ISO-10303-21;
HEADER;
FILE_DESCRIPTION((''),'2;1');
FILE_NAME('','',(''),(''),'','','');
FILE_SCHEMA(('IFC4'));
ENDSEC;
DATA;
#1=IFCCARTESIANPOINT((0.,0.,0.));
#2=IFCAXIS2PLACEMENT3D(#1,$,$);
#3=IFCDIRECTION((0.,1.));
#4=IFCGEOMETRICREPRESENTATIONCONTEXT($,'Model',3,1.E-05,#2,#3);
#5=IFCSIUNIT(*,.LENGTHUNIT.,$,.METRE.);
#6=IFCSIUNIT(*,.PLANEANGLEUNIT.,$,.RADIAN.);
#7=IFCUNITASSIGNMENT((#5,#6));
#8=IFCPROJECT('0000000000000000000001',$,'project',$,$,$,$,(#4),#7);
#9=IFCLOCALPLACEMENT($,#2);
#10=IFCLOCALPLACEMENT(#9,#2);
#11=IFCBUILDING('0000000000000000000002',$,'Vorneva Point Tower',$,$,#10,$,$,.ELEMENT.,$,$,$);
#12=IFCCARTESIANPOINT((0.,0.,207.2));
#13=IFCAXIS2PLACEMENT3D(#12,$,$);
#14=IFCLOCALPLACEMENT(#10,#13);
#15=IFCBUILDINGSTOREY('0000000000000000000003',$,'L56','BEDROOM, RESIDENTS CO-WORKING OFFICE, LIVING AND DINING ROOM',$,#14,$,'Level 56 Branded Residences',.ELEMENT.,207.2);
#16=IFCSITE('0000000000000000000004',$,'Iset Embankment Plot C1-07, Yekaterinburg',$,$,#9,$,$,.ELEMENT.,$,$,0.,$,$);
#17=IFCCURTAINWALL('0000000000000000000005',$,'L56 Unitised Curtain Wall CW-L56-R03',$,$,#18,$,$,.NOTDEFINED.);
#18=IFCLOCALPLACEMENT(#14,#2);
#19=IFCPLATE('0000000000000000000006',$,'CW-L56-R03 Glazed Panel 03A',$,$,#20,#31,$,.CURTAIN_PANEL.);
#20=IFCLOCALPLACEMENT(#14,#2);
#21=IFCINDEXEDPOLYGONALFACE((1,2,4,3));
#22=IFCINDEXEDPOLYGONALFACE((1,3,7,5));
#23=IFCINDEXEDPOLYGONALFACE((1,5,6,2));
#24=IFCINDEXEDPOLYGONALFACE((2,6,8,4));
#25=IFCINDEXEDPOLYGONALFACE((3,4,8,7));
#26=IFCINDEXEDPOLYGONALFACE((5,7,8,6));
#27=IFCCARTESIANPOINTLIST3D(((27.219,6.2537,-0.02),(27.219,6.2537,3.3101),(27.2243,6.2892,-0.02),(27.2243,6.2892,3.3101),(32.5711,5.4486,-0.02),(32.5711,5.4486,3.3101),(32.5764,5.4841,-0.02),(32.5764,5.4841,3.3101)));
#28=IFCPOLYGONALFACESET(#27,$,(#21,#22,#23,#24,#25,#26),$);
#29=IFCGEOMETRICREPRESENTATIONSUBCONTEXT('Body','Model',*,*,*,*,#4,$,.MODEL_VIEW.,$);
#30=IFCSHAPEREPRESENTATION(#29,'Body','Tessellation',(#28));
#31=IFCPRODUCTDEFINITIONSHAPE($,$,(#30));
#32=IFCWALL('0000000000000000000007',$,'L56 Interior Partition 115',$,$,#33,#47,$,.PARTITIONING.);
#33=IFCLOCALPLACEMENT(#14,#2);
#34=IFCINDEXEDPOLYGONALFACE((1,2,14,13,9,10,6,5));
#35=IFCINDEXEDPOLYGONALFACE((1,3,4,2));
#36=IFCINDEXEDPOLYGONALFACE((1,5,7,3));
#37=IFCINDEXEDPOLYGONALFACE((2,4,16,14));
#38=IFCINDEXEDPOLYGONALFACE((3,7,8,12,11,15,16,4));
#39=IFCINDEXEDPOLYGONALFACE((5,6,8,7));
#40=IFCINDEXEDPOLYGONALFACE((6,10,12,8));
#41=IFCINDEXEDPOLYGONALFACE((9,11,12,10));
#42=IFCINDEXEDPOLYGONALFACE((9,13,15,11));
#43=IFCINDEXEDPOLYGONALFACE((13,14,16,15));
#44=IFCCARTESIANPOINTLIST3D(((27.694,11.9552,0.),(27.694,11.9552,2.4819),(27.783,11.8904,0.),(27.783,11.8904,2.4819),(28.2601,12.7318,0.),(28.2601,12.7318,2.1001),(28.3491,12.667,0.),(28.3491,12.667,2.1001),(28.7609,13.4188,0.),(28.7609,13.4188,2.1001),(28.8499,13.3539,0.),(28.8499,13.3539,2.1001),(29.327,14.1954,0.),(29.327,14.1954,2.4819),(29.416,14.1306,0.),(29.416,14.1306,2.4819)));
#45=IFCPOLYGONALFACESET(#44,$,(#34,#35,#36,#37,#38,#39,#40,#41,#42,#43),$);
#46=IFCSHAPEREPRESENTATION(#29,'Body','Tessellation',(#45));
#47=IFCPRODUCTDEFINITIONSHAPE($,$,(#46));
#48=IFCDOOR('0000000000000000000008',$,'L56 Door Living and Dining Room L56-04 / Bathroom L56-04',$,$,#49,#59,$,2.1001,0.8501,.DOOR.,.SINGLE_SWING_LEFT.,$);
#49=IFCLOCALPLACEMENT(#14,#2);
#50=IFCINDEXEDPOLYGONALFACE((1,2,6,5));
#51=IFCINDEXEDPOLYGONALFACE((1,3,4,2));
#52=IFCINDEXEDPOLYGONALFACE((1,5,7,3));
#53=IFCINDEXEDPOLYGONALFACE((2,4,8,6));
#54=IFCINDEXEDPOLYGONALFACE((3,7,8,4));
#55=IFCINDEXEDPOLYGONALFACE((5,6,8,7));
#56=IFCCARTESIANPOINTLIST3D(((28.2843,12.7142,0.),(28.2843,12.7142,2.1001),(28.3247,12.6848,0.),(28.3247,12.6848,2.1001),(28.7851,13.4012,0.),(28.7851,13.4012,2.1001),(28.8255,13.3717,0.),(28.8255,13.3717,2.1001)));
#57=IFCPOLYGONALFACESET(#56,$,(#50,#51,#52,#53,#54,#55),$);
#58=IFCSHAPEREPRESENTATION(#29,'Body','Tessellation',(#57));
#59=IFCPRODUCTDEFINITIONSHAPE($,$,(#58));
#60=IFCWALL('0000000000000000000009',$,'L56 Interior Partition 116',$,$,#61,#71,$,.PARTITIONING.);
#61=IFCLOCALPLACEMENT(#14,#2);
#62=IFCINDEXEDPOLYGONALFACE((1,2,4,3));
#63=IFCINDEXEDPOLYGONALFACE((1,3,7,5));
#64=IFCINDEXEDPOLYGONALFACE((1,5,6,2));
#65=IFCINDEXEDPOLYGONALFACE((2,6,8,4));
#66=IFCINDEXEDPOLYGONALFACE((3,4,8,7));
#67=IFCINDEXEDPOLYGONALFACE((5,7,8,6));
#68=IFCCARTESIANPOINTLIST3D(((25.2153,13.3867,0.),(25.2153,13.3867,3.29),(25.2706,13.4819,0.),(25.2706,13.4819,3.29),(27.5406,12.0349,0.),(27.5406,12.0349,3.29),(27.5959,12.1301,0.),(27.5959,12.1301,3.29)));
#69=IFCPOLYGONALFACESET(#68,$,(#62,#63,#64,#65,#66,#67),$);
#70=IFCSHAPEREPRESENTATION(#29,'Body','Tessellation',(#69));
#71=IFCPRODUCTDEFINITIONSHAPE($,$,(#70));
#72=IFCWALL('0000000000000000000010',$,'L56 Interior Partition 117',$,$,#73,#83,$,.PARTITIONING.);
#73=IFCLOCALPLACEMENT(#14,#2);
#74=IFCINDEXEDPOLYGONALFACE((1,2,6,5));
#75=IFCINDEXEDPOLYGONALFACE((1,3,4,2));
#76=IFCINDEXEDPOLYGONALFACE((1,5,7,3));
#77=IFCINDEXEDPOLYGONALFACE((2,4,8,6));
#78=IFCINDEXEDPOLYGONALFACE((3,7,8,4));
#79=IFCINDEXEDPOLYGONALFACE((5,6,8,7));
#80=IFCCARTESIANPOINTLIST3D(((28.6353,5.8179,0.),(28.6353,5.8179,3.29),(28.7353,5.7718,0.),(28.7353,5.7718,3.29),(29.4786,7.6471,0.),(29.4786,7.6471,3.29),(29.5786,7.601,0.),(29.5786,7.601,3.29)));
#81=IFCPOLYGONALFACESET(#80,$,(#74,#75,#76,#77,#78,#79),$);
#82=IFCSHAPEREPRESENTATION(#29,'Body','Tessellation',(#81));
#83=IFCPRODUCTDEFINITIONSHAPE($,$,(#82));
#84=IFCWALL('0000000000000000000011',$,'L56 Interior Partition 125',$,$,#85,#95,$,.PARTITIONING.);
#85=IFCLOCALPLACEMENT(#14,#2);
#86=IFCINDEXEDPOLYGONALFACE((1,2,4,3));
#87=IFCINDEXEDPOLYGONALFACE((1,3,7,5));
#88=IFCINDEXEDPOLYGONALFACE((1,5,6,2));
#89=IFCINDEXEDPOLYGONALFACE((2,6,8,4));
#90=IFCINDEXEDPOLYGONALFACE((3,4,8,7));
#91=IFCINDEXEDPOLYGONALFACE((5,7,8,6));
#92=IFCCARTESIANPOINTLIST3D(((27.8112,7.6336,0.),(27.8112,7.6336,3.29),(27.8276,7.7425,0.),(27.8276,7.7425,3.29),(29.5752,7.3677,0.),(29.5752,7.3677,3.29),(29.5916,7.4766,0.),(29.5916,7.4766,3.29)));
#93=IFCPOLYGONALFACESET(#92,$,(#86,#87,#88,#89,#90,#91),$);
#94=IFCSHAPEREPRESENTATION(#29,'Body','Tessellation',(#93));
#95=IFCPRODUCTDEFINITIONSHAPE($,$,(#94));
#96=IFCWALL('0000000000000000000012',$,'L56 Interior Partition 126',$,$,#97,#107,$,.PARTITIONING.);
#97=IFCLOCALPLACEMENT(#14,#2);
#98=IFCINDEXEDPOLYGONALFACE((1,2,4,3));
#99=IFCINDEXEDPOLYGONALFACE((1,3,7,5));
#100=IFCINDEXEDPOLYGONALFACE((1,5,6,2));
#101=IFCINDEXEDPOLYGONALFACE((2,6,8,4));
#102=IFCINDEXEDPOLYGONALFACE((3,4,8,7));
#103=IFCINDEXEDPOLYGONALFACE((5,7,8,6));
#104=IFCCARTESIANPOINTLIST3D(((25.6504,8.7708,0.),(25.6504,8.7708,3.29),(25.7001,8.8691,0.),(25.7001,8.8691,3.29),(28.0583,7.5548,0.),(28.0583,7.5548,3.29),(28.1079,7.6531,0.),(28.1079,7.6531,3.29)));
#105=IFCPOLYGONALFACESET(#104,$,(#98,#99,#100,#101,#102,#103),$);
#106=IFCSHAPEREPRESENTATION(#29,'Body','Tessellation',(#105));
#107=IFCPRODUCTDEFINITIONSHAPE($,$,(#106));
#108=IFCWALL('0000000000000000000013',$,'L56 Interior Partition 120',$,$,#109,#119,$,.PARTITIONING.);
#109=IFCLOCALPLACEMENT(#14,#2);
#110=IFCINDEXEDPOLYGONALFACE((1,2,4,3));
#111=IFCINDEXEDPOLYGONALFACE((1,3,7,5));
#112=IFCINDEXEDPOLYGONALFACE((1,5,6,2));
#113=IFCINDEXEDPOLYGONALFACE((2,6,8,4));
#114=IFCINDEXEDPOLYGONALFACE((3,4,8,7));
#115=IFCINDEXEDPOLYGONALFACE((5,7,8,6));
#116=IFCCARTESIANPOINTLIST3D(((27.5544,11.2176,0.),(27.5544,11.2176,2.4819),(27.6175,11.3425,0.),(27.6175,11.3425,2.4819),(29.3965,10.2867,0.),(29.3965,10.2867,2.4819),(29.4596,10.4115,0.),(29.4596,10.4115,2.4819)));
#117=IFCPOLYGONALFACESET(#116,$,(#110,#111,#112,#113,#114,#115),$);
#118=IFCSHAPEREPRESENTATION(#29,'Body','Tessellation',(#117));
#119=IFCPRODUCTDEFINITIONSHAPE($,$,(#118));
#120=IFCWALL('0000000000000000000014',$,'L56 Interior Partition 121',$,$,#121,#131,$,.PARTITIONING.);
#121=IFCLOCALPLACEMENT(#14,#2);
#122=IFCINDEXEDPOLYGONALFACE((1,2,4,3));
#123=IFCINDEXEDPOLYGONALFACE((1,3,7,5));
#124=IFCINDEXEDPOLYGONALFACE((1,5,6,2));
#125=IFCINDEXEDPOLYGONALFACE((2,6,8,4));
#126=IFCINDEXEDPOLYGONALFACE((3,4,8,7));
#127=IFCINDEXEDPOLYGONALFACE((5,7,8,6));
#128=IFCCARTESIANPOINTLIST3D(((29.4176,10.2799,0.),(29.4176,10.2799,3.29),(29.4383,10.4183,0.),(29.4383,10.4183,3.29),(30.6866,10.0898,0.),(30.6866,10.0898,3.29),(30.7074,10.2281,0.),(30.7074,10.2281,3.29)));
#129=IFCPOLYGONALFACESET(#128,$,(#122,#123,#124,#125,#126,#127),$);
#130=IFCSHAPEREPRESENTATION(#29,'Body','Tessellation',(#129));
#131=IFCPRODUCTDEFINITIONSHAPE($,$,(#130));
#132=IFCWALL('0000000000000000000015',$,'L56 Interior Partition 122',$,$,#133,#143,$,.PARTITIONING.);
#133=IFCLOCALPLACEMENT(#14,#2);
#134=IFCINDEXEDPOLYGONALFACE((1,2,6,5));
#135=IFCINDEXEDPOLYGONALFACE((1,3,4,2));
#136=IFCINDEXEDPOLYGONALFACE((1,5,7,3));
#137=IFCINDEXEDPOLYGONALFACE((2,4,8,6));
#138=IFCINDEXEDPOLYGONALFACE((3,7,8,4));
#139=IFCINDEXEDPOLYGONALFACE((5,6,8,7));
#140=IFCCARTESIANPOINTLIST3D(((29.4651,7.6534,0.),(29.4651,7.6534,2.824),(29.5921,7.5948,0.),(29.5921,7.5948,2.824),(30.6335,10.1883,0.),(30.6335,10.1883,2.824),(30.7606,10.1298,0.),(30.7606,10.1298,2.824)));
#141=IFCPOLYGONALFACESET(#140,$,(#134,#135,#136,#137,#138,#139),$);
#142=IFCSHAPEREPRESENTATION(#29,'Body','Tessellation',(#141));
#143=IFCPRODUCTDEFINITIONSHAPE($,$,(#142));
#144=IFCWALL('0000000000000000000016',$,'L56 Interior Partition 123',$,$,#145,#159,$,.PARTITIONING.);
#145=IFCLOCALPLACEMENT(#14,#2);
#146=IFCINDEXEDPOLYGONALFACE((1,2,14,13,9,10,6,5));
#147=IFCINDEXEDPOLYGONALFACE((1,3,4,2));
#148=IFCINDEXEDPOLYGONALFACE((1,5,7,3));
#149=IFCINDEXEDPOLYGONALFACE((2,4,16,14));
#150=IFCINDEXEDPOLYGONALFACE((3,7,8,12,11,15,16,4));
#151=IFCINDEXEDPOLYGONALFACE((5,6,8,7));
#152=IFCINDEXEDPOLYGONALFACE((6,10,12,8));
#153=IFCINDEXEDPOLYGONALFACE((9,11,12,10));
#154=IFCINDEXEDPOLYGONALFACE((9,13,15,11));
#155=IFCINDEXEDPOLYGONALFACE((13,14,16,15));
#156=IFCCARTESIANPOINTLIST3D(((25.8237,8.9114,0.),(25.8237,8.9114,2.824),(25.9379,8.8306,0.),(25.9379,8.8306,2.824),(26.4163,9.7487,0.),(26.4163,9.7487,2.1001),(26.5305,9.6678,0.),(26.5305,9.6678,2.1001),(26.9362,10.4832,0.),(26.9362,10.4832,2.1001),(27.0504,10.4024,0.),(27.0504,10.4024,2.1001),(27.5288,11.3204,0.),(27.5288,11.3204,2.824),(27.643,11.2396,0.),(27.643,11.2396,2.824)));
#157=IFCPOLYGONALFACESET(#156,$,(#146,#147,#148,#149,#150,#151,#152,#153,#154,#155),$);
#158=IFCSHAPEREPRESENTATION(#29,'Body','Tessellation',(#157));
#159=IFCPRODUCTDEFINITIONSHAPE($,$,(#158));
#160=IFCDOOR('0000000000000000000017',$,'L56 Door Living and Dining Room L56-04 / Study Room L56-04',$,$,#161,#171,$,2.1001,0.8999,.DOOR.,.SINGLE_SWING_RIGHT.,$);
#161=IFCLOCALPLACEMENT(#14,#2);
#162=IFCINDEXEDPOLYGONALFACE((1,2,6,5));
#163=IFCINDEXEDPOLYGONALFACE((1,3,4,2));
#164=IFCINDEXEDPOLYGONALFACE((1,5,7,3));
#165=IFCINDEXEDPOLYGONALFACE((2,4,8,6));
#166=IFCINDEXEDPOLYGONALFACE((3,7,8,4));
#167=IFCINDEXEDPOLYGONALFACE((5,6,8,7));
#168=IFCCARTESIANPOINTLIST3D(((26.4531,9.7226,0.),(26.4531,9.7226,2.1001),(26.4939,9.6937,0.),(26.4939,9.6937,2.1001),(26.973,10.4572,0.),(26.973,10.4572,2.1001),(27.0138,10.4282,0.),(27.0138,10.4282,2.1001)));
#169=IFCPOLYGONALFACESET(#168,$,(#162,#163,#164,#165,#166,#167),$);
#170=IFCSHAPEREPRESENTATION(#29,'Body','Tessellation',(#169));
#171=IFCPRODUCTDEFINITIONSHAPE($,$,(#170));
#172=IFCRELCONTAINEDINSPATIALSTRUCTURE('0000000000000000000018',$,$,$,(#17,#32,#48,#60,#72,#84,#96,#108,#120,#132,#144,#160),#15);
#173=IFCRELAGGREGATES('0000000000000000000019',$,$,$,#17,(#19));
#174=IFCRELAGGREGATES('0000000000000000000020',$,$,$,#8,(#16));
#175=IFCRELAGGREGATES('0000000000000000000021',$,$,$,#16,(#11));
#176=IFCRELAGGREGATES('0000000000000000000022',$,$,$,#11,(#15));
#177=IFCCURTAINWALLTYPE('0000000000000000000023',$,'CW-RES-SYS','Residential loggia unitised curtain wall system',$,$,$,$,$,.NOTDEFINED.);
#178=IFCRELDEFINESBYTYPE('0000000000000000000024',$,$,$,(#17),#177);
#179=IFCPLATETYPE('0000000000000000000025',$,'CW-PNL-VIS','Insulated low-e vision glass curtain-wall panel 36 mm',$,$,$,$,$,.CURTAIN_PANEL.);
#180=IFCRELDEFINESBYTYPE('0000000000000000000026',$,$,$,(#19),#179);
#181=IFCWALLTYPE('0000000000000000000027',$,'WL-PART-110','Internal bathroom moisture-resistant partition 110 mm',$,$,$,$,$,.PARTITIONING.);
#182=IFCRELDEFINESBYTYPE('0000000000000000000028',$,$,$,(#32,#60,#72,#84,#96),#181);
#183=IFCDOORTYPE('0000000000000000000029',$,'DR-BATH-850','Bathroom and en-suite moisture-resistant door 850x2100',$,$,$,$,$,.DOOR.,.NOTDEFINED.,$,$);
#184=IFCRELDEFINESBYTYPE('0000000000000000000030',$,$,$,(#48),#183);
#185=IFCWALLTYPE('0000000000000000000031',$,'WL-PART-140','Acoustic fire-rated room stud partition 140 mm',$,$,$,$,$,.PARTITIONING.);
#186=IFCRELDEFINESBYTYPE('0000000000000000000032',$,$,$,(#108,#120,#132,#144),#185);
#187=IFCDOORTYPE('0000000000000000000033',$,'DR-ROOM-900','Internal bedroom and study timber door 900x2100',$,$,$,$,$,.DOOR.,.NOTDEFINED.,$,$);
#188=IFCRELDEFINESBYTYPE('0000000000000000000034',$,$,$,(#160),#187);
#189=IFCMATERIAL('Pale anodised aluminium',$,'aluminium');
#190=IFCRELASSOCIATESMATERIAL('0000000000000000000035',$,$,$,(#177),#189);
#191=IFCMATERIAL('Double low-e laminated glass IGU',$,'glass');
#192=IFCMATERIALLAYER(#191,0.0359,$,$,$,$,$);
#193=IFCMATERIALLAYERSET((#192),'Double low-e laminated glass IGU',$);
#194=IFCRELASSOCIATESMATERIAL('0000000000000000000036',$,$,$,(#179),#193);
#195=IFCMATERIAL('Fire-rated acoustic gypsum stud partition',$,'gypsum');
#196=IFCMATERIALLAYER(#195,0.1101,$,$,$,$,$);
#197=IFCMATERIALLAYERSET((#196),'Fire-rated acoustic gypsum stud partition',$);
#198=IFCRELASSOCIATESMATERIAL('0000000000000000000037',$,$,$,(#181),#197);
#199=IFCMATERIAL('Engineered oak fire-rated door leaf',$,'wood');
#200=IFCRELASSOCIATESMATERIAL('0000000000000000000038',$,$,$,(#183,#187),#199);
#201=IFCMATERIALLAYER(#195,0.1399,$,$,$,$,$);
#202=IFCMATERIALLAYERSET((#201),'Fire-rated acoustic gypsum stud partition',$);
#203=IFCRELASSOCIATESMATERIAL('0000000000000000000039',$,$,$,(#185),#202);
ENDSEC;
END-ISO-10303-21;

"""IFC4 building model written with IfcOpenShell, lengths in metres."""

from ifc_helpers import new_model, si_unit, direction, frame, frame_2d, origin, origin_2d, place, context, subcontext, project, spatial, rectangle, extrude, material, layer, layer_set, type_object, element, fill, aggregate, save


model = new_model("IFC4")

# Units and contexts
model_context = context("Model", 3, precision=1e-05, world=origin(), true_north=direction((0.0, 1.0)))
body_context = subcontext(model_context, "Body", "Model", "MODEL_VIEW")
ifc_project = project(units=[si_unit("LENGTHUNIT", "METRE"), si_unit("PLANEANGLEUNIT", "RADIAN")], contexts=[model_context])

# Site, building, storey
site_placement = place(None, origin())
site = spatial("IfcSite", under=ifc_project, at=site_placement, Name="Iset Embankment Plot C1-07, Yekaterinburg", CompositionType="ELEMENT", RefElevation=0.0)
building_placement = place(site_placement, origin())
building = spatial("IfcBuilding", under=site, at=building_placement, Name="Vorneva Point Tower", CompositionType="ELEMENT")
storey_placement = place(building_placement, frame((0.0, 0.0, 207.2)))
storey = spatial("IfcBuildingStorey", under=building, at=storey_placement, Name="L56", Description="BEDROOM, RESIDENTS CO-WORKING OFFICE, LIVING AND DINING ROOM", LongName="Level 56 Branded Residences", CompositionType="ELEMENT", Elevation=207.2)

# Curtain wall, plate
ifc_material_1 = material(Name="Pale anodised aluminium", Category="aluminium")
curtain_wall_type = type_object("IfcCurtainWallType", Name="CW-RES-SYS", Description="Residential loggia unitised curtain wall system", PredefinedType="NOTDEFINED", material=ifc_material_1)
curtain_wall_placement = place(storey_placement, origin())
curtain_wall = element("IfcCurtainWall", 1, at=curtain_wall_placement, inside=storey, type_object=curtain_wall_type, Name="L56 Unitised Curtain Wall CW-L56-R03", PredefinedType="NOTDEFINED")
ifc_material_2 = material(Name="Double low-e laminated glass IGU", Category="glass")
ifc_layer_1 = layer(ifc_material_2, 0.0359)
ifc_layer_set_1 = layer_set([ifc_layer_1], Name="Double low-e laminated glass IGU")
plate_type = type_object("IfcPlateType", Name="CW-PNL-VIS", Description="Insulated low-e vision glass curtain-wall panel 36 mm", PredefinedType="CURTAIN_PANEL", material=ifc_layer_set_1)
plate_placement = place(storey_placement, frame((29.8977, 5.8689, -0.02), z_axis=(0.0, 0.0, 1.0), x_axis=(0.988874, -0.148759, 0.0)))
plate = element("IfcPlate", 2, at=plate_placement, type_object=plate_type, Name="CW-L56-R03 Glazed Panel 03A", PredefinedType="CURTAIN_PANEL", context=body_context, shape_type="SweptSolid", body=[
    extrude(rectangle(XDim=5.4124, YDim=0.0359, at=origin_2d()), origin(), (0.0, 0.0, 1.0), 3.3301),
])
aggregate(curtain_wall, [plate])

# Wall, opening, door
ifc_material_3 = material(Name="Fire-rated acoustic gypsum stud partition", Category="gypsum")
ifc_layer_2 = layer(ifc_material_3, 0.1101)
ifc_layer_set_2 = layer_set([ifc_layer_2], Name="Fire-rated acoustic gypsum stud partition")
wall_type_1 = type_object("IfcWallType", Name="WL-PART-110", Description="Internal bathroom moisture-resistant partition 110 mm", PredefinedType="PARTITIONING", material=ifc_layer_set_2)
wall_1_placement = place(storey_placement, frame((29.3716, 14.1631, 0.0), z_axis=(0.0, 0.0, 1.0), x_axis=(-0.589067, -0.808084, 0.0)))
wall_1 = element("IfcWall", 3, at=wall_1_placement, inside=storey, type_object=wall_type_1, Name="L56 Interior Partition 115", PredefinedType="PARTITIONING", context=body_context, shape_type="SweptSolid", body=[
    extrude(rectangle(XDim=2.7722, YDim=0.1101, at=frame_2d((1.3862, 0.0))), origin(), (0.0, 0.0, 1.0), 2.4819),
])
opening_1_placement = place(wall_1_placement, frame((0.9612, 0.0, 0.0)))
opening_1 = element("IfcOpeningElement", 4, at=opening_1_placement, cuts=wall_1, PredefinedType="OPENING", context=body_context, shape_type="SweptSolid", body=[
    extrude(rectangle(XDim=0.8501, YDim=2.1001, at=frame_2d((0.425, 1.05))), frame((0.0, 0.0698, 0.0), z_axis=(0.0, -1.0, 0.0), x_axis=(1.0, 0.0, 0.0)), (0.0, 0.0, 1.0), 0.1399),
])
ifc_material_4 = material(Name="Engineered oak fire-rated door leaf", Category="wood")
door_type_1 = type_object("IfcDoorType", Name="DR-BATH-850", Description="Bathroom and en-suite moisture-resistant door 850x2100", OperationType="NOTDEFINED", PredefinedType="DOOR", material=ifc_material_4)
door_1_placement = place(opening_1_placement, origin())
door_1 = element("IfcDoor", 5, at=door_1_placement, inside=storey, type_object=door_type_1, Name="L56 Door Living and Dining Room L56-04 / Bathroom L56-04", OperationType="SINGLE_SWING_LEFT", OverallHeight=2.1001, OverallWidth=0.8501, PredefinedType="DOOR", context=body_context, shape_type="SweptSolid", body=[
    extrude(rectangle(XDim=0.8501, YDim=2.1001, at=frame_2d((0.425, 1.05))), frame((0.0, 0.0249, 0.0), z_axis=(0.0, -1.0, 0.0), x_axis=(1.0, 0.0, 0.0)), (0.0, 0.0, 1.0), 0.05),
])
fill(opening_1, door_1)

# Walls
wall_2_placement = place(storey_placement, frame((27.5681, 12.0825, 0.0), z_axis=(0.0, 0.0, 1.0), x_axis=(-0.864515, 0.502606, 0.0)))
element("IfcWall", 6, at=wall_2_placement, inside=storey, type_object=wall_type_1, Name="L56 Interior Partition 116", PredefinedType="PARTITIONING", context=body_context, shape_type="SweptSolid", body=[
    extrude(rectangle(XDim=2.6897, YDim=0.1101, at=frame_2d((1.3447, 0.0))), origin(), (0.0, 0.0, 1.0), 3.29),
])
wall_3_placement = place(storey_placement, frame((29.5286, 7.624, 0.0), z_axis=(0.0, 0.0, 1.0), x_axis=(-0.418674, -0.908137, 0.0)))
element("IfcWall", 7, at=wall_3_placement, inside=storey, type_object=wall_type_1, Name="L56 Interior Partition 117", PredefinedType="PARTITIONING", context=body_context, shape_type="SweptSolid", body=[
    extrude(rectangle(XDim=2.0142, YDim=0.1101, at=frame_2d((1.0071, 0.0))), origin(), (0.0, 0.0, 1.0), 3.29),
])
wall_4_placement = place(storey_placement, frame((29.5835, 7.4221, 0.0), z_axis=(0.0, 0.0, 1.0), x_axis=(-0.988831, 0.149043, 0.0)))
element("IfcWall", 8, at=wall_4_placement, inside=storey, type_object=wall_type_1, Name="L56 Interior Partition 125", PredefinedType="PARTITIONING", context=body_context, shape_type="SweptSolid", body=[
    extrude(rectangle(XDim=1.7839, YDim=0.1101, at=frame_2d((0.8921, 0.0))), origin(), (0.0, 0.0, 1.0), 3.29),
])
wall_5_placement = place(storey_placement, frame((28.083, 7.604, 0.0), z_axis=(0.0, 0.0, 1.0), x_axis=(-0.892628, 0.450794, 0.0)))
element("IfcWall", 9, at=wall_5_placement, inside=storey, type_object=wall_type_1, Name="L56 Interior Partition 126", PredefinedType="PARTITIONING", context=body_context, shape_type="SweptSolid", body=[
    extrude(rectangle(XDim=2.6975, YDim=0.1101, at=frame_2d((1.3486, 0.0))), origin(), (0.0, 0.0, 1.0), 3.29),
])
ifc_layer_3 = layer(ifc_material_3, 0.1399)
ifc_layer_set_3 = layer_set([ifc_layer_3], Name="Fire-rated acoustic gypsum stud partition")
wall_type_2 = type_object("IfcWallType", Name="WL-PART-140", Description="Acoustic fire-rated room stud partition 140 mm", PredefinedType="PARTITIONING", material=ifc_layer_set_3)
wall_6_placement = place(storey_placement, frame((27.5859, 11.28, 0.0), z_axis=(0.0, 0.0, 1.0), x_axis=(0.892503, -0.451042, 0.0)))
element("IfcWall", 10, at=wall_6_placement, inside=storey, type_object=wall_type_2, Name="L56 Interior Partition 120", PredefinedType="PARTITIONING", context=body_context, shape_type="SweptSolid", body=[
    extrude(rectangle(XDim=2.064, YDim=0.1399, at=frame_2d((1.032, 0.0))), origin(), (0.0, 0.0, 1.0), 2.4819),
])
wall_7_placement = place(storey_placement, frame((29.428, 10.3491, 0.0), z_axis=(0.0, 0.0, 1.0), x_axis=(0.988956, -0.14821, 0.0)))
element("IfcWall", 11, at=wall_7_placement, inside=storey, type_object=wall_type_2, Name="L56 Interior Partition 121", PredefinedType="PARTITIONING", context=body_context, shape_type="SweptSolid", body=[
    extrude(rectangle(XDim=1.2832, YDim=0.1399, at=frame_2d((0.6416, 0.0))), origin(), (0.0, 0.0, 1.0), 3.29),
])
wall_8_placement = place(storey_placement, frame((30.697, 10.1589, 0.0), z_axis=(0.0, 0.0, 1.0), x_axis=(-0.418614, -0.908164, 0.0)))
element("IfcWall", 12, at=wall_8_placement, inside=storey, type_object=wall_type_2, Name="L56 Interior Partition 122", PredefinedType="PARTITIONING", context=body_context, shape_type="SweptSolid", body=[
    extrude(rectangle(XDim=2.7913, YDim=0.1399, at=frame_2d((1.3955, 0.0))), origin(), (0.0, 0.0, 1.0), 2.824),
])

# Wall, opening, door
wall_9_placement = place(storey_placement, frame((25.8809, 8.8711, 0.0), z_axis=(0.0, 0.0, 1.0), x_axis=(0.577735, 0.816224, 0.0)))
wall_9 = element("IfcWall", 13, at=wall_9_placement, inside=storey, type_object=wall_type_2, Name="L56 Interior Partition 123", PredefinedType="PARTITIONING", context=body_context, shape_type="SweptSolid", body=[
    extrude(rectangle(XDim=2.9514, YDim=0.1399, at=frame_2d((1.4756, 0.0))), origin(), (0.0, 0.0, 1.0), 2.824),
])
opening_2_placement = place(wall_9_placement, frame((1.0256, 0.0, 0.0)))
opening_2 = element("IfcOpeningElement", 14, at=opening_2_placement, cuts=wall_9, PredefinedType="OPENING", context=body_context, shape_type="SweptSolid", body=[
    extrude(rectangle(XDim=0.8999, YDim=2.1001, at=frame_2d((0.45, 1.05))), frame((0.0, 0.085, 0.0), z_axis=(0.0, -1.0, 0.0), x_axis=(1.0, 0.0, 0.0)), (0.0, 0.0, 1.0), 0.1697),
])
door_type_2 = type_object("IfcDoorType", Name="DR-ROOM-900", Description="Internal bedroom and study timber door 900x2100", OperationType="NOTDEFINED", PredefinedType="DOOR", material=ifc_material_4)
door_2_placement = place(opening_2_placement, origin())
door_2 = element("IfcDoor", 15, at=door_2_placement, inside=storey, type_object=door_type_2, Name="L56 Door Living and Dining Room L56-04 / Study Room L56-04", OperationType="SINGLE_SWING_RIGHT", OverallHeight=2.1001, OverallWidth=0.8999, PredefinedType="DOOR", context=body_context, shape_type="SweptSolid", body=[
    extrude(rectangle(XDim=0.8999, YDim=2.1001, at=frame_2d((0.45, 1.05))), frame((0.0, 0.0249, 0.0), z_axis=(0.0, -1.0, 0.0), x_axis=(1.0, 0.0, 0.0)), (0.0, 0.0, 1.0), 0.05),
])
fill(opening_2, door_2)

save(model, "model.ifc")
